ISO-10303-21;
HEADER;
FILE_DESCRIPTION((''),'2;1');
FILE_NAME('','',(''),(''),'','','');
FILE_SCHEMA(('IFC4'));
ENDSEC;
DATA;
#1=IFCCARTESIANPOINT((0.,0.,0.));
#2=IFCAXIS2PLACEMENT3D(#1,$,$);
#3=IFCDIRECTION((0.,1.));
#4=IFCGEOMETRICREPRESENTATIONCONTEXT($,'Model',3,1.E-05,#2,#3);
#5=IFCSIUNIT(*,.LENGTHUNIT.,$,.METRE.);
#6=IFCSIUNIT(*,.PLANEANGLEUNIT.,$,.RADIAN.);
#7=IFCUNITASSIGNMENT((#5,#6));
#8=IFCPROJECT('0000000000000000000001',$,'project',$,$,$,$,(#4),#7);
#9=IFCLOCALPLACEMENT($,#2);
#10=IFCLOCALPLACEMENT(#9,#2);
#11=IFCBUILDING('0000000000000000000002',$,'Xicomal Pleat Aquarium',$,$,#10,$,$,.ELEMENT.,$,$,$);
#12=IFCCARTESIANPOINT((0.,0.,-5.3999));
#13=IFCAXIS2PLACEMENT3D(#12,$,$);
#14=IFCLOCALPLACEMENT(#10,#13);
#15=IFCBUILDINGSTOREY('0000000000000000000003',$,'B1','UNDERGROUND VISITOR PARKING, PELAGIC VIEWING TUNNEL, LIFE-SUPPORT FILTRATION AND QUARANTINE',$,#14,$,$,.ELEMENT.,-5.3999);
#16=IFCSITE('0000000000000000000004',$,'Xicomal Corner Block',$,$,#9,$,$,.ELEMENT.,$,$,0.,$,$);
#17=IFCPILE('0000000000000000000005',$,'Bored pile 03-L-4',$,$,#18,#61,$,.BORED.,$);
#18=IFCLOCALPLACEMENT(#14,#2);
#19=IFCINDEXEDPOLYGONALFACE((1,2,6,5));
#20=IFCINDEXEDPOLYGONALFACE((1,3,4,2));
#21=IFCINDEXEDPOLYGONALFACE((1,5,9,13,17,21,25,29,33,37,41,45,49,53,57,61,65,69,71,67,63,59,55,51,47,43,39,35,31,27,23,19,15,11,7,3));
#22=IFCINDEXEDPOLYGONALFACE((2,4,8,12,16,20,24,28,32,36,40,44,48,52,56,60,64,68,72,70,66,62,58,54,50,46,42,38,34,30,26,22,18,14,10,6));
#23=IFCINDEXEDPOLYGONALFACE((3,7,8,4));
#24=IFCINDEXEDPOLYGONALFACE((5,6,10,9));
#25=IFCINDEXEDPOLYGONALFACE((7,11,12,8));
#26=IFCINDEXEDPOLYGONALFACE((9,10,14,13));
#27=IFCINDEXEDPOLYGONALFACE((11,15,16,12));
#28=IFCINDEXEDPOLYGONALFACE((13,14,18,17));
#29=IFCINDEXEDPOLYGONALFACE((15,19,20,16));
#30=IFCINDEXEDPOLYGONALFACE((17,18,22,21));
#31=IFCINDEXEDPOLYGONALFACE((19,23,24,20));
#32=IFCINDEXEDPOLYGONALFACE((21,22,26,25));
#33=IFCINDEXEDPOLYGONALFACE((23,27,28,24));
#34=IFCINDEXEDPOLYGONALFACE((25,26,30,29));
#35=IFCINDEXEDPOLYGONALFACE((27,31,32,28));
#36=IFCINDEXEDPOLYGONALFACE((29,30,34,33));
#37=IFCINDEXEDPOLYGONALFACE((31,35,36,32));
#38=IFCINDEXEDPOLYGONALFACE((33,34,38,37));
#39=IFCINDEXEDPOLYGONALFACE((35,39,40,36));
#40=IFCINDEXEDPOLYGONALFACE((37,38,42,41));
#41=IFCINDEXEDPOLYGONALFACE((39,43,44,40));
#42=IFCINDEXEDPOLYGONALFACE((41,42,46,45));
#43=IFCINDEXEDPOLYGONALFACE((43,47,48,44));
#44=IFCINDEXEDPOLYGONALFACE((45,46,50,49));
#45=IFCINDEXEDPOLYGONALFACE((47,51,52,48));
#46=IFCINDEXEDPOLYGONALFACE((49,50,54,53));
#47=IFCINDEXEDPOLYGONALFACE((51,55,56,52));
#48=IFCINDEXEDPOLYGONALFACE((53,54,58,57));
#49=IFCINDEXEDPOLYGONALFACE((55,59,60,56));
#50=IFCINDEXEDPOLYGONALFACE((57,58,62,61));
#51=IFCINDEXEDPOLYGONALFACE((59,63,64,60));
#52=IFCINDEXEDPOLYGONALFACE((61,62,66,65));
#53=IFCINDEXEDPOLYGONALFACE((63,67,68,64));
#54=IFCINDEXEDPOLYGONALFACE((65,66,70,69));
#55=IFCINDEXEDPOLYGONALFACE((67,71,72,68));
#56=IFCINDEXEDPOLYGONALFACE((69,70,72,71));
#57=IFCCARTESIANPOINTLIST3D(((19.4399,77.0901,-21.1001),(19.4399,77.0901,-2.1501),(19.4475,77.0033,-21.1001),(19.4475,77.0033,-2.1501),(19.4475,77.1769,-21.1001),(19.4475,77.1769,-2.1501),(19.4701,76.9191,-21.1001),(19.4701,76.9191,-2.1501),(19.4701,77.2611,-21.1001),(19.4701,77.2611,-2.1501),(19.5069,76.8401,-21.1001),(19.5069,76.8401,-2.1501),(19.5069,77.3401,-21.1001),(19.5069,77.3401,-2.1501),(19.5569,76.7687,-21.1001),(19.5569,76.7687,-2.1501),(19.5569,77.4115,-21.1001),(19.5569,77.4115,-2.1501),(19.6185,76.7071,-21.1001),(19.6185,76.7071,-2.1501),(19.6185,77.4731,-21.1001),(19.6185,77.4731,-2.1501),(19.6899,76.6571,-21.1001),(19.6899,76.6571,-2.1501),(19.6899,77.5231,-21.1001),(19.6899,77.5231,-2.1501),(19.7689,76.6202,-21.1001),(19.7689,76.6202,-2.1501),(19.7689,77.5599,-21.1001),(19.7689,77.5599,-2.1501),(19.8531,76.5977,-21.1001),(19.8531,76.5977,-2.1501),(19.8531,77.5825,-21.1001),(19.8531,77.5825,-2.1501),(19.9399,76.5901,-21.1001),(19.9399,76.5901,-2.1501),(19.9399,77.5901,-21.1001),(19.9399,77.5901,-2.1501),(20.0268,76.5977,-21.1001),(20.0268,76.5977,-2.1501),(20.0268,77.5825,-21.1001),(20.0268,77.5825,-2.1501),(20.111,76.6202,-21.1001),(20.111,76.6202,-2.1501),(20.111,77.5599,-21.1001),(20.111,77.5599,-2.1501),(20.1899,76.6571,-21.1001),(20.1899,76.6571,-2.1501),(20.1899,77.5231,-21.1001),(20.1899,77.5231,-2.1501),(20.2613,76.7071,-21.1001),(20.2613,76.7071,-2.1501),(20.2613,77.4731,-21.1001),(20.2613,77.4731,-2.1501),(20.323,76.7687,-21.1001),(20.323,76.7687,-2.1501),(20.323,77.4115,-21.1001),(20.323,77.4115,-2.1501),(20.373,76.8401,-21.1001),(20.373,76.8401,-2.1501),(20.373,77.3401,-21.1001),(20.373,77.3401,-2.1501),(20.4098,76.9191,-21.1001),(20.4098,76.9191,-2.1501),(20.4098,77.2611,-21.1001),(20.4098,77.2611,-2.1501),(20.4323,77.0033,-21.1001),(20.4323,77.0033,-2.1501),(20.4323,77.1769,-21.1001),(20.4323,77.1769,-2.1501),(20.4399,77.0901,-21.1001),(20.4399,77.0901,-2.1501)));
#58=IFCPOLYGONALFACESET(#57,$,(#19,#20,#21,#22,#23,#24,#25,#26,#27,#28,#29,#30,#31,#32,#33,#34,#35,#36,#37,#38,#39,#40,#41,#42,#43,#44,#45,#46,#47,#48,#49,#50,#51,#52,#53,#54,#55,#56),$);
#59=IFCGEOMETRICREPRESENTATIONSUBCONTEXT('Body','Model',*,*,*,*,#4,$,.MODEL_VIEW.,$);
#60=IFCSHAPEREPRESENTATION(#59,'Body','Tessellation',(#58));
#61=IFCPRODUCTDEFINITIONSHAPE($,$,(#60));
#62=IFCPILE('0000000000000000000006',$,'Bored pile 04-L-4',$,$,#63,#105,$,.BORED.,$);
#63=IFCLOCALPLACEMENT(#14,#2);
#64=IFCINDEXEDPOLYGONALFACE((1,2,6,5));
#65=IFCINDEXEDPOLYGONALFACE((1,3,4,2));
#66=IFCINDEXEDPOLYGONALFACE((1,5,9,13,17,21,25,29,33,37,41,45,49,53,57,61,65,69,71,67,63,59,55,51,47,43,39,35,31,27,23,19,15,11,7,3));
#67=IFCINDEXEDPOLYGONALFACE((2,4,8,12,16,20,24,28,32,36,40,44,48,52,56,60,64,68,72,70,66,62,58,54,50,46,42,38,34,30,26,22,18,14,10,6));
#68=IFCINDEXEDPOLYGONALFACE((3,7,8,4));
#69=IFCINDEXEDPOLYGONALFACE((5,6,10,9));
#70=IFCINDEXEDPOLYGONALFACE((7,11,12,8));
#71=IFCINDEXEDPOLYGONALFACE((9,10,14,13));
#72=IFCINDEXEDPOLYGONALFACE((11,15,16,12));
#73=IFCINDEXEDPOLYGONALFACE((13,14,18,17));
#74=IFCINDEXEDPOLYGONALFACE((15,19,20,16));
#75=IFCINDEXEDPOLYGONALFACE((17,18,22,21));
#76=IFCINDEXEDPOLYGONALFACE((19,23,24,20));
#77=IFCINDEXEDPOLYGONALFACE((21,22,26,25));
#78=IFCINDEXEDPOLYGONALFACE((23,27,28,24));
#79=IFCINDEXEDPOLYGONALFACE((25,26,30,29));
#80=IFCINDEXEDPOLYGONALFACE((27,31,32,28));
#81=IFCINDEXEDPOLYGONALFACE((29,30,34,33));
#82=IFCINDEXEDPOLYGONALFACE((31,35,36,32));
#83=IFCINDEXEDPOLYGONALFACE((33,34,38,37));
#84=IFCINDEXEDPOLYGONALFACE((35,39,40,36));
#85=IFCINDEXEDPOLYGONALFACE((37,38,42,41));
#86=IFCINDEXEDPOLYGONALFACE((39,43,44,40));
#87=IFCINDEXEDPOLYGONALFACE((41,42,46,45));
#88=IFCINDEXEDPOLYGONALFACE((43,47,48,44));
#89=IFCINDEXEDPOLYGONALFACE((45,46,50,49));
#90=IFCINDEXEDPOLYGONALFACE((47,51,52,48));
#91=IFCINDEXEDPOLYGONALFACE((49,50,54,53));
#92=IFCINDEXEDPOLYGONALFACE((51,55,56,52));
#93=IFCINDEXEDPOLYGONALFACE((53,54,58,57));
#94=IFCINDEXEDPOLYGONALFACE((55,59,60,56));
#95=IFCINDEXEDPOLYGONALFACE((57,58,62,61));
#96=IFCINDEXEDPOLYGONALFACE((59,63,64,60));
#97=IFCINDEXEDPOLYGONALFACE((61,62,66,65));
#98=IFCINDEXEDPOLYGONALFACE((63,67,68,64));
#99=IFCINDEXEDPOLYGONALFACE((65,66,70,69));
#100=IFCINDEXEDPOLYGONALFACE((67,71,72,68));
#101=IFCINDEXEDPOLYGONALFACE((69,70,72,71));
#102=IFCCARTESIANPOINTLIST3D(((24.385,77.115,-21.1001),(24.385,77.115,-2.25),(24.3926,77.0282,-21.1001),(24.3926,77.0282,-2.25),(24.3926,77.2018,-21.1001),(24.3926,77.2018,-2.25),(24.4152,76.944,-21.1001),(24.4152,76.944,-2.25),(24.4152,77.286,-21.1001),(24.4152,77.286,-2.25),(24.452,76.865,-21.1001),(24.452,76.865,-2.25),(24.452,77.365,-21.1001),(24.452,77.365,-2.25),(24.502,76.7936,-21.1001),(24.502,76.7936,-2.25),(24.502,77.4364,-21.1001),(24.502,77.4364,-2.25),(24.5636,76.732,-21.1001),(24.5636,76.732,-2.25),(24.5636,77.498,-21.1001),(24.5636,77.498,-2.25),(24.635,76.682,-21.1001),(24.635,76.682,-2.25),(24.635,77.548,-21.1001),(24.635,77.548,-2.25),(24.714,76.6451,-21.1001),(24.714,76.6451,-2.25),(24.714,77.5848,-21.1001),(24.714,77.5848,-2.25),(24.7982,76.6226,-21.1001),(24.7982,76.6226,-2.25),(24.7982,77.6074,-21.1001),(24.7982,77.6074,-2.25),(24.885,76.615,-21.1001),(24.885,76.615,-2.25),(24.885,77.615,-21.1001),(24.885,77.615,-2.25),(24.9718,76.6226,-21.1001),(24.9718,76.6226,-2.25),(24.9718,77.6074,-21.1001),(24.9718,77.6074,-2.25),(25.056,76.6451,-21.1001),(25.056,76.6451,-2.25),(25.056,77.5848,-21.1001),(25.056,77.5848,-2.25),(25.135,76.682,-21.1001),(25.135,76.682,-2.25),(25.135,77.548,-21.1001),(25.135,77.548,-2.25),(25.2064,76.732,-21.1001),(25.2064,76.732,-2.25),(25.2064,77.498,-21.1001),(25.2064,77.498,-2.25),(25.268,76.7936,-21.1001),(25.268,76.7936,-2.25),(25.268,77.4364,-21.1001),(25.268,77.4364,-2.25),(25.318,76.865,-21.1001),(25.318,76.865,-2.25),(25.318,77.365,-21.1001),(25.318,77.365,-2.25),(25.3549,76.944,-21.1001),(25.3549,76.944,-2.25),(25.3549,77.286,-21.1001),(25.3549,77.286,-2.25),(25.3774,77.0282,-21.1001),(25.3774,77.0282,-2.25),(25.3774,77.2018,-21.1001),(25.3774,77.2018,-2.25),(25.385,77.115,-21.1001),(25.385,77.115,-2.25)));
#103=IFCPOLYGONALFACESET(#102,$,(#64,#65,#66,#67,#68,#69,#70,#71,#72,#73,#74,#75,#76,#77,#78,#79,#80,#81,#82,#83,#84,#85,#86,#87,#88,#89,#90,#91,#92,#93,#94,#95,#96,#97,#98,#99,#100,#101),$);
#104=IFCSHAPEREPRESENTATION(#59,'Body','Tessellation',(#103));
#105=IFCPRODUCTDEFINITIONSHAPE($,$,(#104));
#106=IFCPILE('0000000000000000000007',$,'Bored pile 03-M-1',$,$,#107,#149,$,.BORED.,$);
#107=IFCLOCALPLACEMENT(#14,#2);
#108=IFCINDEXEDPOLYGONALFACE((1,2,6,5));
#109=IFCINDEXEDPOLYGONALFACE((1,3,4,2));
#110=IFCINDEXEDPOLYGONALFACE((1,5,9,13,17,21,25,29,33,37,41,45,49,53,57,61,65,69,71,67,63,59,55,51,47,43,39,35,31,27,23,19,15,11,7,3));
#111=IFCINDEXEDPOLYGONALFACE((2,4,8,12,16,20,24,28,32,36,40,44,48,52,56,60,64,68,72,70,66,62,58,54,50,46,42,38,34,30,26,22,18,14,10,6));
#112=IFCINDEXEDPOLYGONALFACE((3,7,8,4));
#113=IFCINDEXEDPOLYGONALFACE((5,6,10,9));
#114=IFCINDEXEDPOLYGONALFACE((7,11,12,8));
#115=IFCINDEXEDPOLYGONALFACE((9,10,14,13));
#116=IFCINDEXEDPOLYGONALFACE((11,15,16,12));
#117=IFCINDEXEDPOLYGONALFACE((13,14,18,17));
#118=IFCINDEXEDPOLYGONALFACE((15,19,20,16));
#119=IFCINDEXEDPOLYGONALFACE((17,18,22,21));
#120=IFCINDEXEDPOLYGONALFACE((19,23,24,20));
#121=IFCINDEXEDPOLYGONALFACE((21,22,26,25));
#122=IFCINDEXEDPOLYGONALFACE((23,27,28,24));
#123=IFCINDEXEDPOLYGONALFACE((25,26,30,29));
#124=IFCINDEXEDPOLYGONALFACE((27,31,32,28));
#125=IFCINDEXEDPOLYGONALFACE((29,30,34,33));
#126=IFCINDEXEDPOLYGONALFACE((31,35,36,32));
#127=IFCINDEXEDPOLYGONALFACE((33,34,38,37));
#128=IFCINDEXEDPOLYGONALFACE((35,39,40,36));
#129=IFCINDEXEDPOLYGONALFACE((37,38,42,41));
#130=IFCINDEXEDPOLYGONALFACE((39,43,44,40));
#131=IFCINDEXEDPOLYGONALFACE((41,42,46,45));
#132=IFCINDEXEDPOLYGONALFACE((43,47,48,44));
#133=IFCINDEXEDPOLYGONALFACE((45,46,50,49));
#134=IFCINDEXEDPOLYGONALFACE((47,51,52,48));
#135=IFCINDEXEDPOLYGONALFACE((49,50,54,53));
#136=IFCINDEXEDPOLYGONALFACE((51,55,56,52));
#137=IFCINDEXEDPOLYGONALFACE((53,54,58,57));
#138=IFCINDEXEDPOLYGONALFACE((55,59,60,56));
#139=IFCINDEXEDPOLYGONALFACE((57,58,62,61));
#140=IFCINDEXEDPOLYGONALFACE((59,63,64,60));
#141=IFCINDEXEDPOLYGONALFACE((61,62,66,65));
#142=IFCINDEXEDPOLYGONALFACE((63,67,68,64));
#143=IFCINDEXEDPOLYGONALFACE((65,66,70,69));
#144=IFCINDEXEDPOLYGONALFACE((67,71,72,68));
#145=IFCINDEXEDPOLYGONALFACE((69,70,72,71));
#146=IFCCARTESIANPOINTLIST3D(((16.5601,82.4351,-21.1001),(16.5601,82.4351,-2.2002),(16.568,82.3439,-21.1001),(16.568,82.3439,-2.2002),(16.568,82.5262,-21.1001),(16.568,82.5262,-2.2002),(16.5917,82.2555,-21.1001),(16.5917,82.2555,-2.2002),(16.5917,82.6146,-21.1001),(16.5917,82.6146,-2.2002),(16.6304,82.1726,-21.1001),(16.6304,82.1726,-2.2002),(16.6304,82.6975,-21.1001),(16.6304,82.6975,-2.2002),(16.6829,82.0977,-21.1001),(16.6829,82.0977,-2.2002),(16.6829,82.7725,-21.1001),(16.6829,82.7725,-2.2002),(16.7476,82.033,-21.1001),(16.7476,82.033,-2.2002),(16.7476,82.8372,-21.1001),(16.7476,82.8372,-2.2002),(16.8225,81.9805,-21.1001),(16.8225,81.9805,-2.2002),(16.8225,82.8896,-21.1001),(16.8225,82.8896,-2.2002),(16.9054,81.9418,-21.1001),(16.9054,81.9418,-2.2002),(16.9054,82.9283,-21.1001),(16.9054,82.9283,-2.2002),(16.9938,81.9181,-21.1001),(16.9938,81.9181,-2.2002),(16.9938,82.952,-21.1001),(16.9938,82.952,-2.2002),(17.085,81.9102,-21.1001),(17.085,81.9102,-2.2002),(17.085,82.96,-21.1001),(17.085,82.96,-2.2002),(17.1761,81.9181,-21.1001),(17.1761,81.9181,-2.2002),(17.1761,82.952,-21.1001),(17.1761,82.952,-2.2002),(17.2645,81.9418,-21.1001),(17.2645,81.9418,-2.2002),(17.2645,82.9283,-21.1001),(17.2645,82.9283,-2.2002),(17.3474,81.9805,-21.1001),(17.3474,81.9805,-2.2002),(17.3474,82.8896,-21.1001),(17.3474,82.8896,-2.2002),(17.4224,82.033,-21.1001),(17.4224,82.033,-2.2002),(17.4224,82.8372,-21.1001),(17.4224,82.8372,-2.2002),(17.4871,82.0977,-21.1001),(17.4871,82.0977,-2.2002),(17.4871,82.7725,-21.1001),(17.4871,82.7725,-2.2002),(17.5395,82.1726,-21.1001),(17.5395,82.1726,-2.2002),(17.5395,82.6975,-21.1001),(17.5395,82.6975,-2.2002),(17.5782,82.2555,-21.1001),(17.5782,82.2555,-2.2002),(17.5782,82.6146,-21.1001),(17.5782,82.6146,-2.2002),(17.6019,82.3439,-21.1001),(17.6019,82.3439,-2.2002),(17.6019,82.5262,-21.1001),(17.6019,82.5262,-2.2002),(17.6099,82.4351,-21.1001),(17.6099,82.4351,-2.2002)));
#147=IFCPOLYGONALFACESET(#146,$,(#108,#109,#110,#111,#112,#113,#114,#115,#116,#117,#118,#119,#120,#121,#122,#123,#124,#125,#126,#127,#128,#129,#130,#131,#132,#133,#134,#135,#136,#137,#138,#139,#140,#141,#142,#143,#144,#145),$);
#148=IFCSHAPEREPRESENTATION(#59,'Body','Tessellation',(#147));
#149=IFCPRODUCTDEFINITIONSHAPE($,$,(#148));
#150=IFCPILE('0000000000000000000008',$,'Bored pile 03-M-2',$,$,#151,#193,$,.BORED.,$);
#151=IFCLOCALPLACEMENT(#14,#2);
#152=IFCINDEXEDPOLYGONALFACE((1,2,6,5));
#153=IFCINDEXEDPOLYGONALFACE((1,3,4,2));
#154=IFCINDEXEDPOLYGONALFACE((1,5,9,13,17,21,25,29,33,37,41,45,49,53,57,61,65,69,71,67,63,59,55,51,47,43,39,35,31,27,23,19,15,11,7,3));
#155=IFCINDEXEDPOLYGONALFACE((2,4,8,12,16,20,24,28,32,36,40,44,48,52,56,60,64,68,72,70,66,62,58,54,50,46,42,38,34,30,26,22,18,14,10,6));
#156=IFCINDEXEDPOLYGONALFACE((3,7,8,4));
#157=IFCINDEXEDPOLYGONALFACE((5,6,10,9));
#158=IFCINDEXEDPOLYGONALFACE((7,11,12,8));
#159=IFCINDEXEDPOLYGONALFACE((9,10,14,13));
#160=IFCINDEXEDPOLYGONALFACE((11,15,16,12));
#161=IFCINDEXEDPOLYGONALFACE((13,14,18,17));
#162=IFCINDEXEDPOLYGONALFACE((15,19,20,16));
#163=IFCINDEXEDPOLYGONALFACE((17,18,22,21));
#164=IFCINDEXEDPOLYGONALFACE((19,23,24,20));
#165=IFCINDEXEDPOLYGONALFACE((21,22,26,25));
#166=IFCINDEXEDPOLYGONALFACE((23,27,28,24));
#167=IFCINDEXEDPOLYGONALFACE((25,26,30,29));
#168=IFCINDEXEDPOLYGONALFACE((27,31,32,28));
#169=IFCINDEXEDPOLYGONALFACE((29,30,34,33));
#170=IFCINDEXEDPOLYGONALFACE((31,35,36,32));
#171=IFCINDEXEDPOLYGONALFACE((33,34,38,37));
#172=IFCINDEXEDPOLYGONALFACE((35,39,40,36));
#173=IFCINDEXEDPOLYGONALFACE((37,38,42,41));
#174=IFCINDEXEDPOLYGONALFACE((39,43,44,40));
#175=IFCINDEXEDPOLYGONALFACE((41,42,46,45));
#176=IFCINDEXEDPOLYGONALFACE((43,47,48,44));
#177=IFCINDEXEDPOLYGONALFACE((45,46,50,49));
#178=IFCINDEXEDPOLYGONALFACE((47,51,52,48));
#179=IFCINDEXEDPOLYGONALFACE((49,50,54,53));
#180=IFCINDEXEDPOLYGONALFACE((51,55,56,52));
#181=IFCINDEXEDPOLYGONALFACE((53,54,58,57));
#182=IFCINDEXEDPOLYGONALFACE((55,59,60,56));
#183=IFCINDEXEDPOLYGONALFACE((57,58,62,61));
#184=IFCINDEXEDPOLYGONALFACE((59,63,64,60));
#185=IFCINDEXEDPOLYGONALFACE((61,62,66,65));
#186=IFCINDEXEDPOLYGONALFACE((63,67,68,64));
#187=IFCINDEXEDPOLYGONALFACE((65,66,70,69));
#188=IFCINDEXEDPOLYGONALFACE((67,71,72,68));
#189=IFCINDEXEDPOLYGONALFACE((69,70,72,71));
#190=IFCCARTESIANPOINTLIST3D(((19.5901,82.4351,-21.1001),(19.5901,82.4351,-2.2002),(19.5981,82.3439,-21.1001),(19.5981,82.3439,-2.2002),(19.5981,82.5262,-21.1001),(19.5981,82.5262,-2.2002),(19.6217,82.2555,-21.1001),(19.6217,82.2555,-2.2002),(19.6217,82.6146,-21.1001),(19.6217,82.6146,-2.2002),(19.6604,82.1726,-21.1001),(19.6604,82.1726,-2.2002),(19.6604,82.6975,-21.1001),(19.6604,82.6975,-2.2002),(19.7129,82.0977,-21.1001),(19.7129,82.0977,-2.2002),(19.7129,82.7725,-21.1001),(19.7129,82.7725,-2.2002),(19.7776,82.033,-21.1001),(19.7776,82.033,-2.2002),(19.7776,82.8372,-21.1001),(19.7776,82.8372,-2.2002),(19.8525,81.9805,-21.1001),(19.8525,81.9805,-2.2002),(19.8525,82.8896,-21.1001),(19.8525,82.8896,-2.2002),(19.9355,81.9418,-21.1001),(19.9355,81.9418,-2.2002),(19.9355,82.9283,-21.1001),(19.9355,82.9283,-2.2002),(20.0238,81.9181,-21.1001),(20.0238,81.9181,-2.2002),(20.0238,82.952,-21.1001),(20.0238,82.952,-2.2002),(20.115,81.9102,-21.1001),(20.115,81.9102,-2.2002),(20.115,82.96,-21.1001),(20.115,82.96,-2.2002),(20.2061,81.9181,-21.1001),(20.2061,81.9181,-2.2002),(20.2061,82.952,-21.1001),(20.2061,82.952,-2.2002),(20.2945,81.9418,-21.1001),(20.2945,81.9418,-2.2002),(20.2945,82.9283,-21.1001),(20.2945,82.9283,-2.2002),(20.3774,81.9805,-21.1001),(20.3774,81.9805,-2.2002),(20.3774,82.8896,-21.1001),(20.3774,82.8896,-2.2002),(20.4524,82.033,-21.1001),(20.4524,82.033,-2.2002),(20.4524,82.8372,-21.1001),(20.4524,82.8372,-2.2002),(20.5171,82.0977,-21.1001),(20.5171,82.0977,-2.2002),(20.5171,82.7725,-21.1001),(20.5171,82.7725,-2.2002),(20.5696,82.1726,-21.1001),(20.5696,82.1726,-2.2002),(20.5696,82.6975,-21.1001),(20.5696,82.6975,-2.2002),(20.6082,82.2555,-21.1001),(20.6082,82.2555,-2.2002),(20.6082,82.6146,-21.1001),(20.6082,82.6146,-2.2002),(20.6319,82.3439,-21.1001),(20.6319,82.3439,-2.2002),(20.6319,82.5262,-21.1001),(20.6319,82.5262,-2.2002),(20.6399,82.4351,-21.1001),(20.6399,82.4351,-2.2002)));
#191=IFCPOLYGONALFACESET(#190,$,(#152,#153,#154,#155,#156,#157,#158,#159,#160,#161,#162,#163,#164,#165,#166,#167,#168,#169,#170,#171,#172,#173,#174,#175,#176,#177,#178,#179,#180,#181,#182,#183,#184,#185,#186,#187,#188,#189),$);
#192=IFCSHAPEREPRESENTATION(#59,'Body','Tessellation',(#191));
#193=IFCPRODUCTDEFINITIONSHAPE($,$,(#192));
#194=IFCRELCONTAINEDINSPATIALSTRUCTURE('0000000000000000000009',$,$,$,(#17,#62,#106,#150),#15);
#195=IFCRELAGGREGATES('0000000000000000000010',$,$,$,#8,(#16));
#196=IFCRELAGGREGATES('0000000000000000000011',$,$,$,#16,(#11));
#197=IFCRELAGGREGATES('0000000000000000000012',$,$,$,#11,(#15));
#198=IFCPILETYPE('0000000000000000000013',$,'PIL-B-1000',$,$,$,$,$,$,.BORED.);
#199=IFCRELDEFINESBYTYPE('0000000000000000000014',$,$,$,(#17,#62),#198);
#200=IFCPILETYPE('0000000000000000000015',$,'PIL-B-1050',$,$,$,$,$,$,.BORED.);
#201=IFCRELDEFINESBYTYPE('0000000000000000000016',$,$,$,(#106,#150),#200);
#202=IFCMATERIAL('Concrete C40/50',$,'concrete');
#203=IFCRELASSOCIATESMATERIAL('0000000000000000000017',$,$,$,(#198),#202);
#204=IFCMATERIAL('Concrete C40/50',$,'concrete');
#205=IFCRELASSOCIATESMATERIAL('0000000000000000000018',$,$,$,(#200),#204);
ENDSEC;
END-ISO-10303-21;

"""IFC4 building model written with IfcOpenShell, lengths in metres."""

from ifc_helpers import new_model, si_unit, direction, frame, origin, origin_2d, place, context, subcontext, project, spatial, circle, extrude, material, material_profile, profile_set, type_object, element, save


model = new_model("IFC4")

# Units and contexts
model_context = context("Model", 3, precision=1e-05, world=origin(), true_north=direction((0.0, 1.0)))
body_context = subcontext(model_context, "Body", "Model", "MODEL_VIEW")
ifc_project = project(units=[si_unit("LENGTHUNIT", "METRE"), si_unit("PLANEANGLEUNIT", "RADIAN")], contexts=[model_context])

# Site, building, storey
site_placement = place(None, origin())
site = spatial("IfcSite", under=ifc_project, at=site_placement, Name="Xicomal Corner Block", CompositionType="ELEMENT", RefElevation=0.0)
building_placement = place(site_placement, origin())
building = spatial("IfcBuilding", under=site, at=building_placement, Name="Xicomal Pleat Aquarium", CompositionType="ELEMENT")
storey_placement = place(building_placement, frame((0.0, 0.0, -5.3999)))
storey = spatial("IfcBuildingStorey", under=building, at=storey_placement, Name="B1", Description="UNDERGROUND VISITOR PARKING, PELAGIC VIEWING TUNNEL, LIFE-SUPPORT FILTRATION AND QUARANTINE", CompositionType="ELEMENT", Elevation=-5.3999)

# Piles
ifc_material_1 = material(Name="Concrete C40/50", Category="concrete")
ifc_material_profile_1 = material_profile(ifc_material_1, circle(Radius=0.5, at=origin_2d()), Name="BORED PILE D1000")
ifc_profile_set_1 = profile_set([ifc_material_profile_1], Name="Concrete C40/50")
pile_type_1 = type_object("IfcPileType", Name="PIL-B-1000", PredefinedType="BORED", material=ifc_profile_set_1)
for number, where, z_axis, x_axis, name in (
    (1, (19.9399, 77.0901, -2.1501), (0.0, 0.0, -1.0), (1.0, 0.0, 0.0), "Bored pile 03-L-4"),
):
    element("IfcPile", number, at=place(storey_placement, frame(where, z_axis=z_axis, x_axis=x_axis)), inside=storey, type_object=pile_type_1, Name=name, PredefinedType="BORED", context=body_context, shape_type="SweptSolid", body=[
        extrude(circle(Radius=0.5, at=origin_2d()), origin(), (0.0, 0.0, 1.0), 18.95),
    ])
pile_1_placement = place(storey_placement, frame((24.885, 77.115, -2.25), z_axis=(0.0, 0.0, -1.0), x_axis=(1.0, 0.0, 0.0)))
element("IfcPile", 2, at=pile_1_placement, inside=storey, type_object=pile_type_1, Name="Bored pile 04-L-4", PredefinedType="BORED", context=body_context, shape_type="SweptSolid", body=[
    extrude(circle(Radius=0.5, at=origin_2d()), origin(), (0.0, 0.0, 1.0), 18.8501),
])
ifc_material_2 = material(Name="Concrete C40/50", Category="concrete")
ifc_material_profile_2 = material_profile(ifc_material_2, circle(Radius=0.5249, at=origin_2d()), Name="BORED PILE D1050")
ifc_profile_set_2 = profile_set([ifc_material_profile_2], Name="Concrete C40/50")
pile_type_2 = type_object("IfcPileType", Name="PIL-B-1050", PredefinedType="BORED", material=ifc_profile_set_2)
for number, where, z_axis, x_axis, name in (
    (3, (17.085, 82.4351, -2.2002), (0.0, 0.0, -1.0), (1.0, 0.0, 0.0), "Bored pile 03-M-1"),
    (4, (20.115, 82.4351, -2.2002), (0.0, 0.0, -1.0), (1.0, 0.0, 0.0), "Bored pile 03-M-2"),
):
    element("IfcPile", number, at=place(storey_placement, frame(where, z_axis=z_axis, x_axis=x_axis)), inside=storey, type_object=pile_type_2, Name=name, PredefinedType="BORED", context=body_context, shape_type="SweptSolid", body=[
        extrude(circle(Radius=0.5249, at=origin_2d()), origin(), (0.0, 0.0, 1.0), 18.8999),
    ])

save(model, "model.ifc")
